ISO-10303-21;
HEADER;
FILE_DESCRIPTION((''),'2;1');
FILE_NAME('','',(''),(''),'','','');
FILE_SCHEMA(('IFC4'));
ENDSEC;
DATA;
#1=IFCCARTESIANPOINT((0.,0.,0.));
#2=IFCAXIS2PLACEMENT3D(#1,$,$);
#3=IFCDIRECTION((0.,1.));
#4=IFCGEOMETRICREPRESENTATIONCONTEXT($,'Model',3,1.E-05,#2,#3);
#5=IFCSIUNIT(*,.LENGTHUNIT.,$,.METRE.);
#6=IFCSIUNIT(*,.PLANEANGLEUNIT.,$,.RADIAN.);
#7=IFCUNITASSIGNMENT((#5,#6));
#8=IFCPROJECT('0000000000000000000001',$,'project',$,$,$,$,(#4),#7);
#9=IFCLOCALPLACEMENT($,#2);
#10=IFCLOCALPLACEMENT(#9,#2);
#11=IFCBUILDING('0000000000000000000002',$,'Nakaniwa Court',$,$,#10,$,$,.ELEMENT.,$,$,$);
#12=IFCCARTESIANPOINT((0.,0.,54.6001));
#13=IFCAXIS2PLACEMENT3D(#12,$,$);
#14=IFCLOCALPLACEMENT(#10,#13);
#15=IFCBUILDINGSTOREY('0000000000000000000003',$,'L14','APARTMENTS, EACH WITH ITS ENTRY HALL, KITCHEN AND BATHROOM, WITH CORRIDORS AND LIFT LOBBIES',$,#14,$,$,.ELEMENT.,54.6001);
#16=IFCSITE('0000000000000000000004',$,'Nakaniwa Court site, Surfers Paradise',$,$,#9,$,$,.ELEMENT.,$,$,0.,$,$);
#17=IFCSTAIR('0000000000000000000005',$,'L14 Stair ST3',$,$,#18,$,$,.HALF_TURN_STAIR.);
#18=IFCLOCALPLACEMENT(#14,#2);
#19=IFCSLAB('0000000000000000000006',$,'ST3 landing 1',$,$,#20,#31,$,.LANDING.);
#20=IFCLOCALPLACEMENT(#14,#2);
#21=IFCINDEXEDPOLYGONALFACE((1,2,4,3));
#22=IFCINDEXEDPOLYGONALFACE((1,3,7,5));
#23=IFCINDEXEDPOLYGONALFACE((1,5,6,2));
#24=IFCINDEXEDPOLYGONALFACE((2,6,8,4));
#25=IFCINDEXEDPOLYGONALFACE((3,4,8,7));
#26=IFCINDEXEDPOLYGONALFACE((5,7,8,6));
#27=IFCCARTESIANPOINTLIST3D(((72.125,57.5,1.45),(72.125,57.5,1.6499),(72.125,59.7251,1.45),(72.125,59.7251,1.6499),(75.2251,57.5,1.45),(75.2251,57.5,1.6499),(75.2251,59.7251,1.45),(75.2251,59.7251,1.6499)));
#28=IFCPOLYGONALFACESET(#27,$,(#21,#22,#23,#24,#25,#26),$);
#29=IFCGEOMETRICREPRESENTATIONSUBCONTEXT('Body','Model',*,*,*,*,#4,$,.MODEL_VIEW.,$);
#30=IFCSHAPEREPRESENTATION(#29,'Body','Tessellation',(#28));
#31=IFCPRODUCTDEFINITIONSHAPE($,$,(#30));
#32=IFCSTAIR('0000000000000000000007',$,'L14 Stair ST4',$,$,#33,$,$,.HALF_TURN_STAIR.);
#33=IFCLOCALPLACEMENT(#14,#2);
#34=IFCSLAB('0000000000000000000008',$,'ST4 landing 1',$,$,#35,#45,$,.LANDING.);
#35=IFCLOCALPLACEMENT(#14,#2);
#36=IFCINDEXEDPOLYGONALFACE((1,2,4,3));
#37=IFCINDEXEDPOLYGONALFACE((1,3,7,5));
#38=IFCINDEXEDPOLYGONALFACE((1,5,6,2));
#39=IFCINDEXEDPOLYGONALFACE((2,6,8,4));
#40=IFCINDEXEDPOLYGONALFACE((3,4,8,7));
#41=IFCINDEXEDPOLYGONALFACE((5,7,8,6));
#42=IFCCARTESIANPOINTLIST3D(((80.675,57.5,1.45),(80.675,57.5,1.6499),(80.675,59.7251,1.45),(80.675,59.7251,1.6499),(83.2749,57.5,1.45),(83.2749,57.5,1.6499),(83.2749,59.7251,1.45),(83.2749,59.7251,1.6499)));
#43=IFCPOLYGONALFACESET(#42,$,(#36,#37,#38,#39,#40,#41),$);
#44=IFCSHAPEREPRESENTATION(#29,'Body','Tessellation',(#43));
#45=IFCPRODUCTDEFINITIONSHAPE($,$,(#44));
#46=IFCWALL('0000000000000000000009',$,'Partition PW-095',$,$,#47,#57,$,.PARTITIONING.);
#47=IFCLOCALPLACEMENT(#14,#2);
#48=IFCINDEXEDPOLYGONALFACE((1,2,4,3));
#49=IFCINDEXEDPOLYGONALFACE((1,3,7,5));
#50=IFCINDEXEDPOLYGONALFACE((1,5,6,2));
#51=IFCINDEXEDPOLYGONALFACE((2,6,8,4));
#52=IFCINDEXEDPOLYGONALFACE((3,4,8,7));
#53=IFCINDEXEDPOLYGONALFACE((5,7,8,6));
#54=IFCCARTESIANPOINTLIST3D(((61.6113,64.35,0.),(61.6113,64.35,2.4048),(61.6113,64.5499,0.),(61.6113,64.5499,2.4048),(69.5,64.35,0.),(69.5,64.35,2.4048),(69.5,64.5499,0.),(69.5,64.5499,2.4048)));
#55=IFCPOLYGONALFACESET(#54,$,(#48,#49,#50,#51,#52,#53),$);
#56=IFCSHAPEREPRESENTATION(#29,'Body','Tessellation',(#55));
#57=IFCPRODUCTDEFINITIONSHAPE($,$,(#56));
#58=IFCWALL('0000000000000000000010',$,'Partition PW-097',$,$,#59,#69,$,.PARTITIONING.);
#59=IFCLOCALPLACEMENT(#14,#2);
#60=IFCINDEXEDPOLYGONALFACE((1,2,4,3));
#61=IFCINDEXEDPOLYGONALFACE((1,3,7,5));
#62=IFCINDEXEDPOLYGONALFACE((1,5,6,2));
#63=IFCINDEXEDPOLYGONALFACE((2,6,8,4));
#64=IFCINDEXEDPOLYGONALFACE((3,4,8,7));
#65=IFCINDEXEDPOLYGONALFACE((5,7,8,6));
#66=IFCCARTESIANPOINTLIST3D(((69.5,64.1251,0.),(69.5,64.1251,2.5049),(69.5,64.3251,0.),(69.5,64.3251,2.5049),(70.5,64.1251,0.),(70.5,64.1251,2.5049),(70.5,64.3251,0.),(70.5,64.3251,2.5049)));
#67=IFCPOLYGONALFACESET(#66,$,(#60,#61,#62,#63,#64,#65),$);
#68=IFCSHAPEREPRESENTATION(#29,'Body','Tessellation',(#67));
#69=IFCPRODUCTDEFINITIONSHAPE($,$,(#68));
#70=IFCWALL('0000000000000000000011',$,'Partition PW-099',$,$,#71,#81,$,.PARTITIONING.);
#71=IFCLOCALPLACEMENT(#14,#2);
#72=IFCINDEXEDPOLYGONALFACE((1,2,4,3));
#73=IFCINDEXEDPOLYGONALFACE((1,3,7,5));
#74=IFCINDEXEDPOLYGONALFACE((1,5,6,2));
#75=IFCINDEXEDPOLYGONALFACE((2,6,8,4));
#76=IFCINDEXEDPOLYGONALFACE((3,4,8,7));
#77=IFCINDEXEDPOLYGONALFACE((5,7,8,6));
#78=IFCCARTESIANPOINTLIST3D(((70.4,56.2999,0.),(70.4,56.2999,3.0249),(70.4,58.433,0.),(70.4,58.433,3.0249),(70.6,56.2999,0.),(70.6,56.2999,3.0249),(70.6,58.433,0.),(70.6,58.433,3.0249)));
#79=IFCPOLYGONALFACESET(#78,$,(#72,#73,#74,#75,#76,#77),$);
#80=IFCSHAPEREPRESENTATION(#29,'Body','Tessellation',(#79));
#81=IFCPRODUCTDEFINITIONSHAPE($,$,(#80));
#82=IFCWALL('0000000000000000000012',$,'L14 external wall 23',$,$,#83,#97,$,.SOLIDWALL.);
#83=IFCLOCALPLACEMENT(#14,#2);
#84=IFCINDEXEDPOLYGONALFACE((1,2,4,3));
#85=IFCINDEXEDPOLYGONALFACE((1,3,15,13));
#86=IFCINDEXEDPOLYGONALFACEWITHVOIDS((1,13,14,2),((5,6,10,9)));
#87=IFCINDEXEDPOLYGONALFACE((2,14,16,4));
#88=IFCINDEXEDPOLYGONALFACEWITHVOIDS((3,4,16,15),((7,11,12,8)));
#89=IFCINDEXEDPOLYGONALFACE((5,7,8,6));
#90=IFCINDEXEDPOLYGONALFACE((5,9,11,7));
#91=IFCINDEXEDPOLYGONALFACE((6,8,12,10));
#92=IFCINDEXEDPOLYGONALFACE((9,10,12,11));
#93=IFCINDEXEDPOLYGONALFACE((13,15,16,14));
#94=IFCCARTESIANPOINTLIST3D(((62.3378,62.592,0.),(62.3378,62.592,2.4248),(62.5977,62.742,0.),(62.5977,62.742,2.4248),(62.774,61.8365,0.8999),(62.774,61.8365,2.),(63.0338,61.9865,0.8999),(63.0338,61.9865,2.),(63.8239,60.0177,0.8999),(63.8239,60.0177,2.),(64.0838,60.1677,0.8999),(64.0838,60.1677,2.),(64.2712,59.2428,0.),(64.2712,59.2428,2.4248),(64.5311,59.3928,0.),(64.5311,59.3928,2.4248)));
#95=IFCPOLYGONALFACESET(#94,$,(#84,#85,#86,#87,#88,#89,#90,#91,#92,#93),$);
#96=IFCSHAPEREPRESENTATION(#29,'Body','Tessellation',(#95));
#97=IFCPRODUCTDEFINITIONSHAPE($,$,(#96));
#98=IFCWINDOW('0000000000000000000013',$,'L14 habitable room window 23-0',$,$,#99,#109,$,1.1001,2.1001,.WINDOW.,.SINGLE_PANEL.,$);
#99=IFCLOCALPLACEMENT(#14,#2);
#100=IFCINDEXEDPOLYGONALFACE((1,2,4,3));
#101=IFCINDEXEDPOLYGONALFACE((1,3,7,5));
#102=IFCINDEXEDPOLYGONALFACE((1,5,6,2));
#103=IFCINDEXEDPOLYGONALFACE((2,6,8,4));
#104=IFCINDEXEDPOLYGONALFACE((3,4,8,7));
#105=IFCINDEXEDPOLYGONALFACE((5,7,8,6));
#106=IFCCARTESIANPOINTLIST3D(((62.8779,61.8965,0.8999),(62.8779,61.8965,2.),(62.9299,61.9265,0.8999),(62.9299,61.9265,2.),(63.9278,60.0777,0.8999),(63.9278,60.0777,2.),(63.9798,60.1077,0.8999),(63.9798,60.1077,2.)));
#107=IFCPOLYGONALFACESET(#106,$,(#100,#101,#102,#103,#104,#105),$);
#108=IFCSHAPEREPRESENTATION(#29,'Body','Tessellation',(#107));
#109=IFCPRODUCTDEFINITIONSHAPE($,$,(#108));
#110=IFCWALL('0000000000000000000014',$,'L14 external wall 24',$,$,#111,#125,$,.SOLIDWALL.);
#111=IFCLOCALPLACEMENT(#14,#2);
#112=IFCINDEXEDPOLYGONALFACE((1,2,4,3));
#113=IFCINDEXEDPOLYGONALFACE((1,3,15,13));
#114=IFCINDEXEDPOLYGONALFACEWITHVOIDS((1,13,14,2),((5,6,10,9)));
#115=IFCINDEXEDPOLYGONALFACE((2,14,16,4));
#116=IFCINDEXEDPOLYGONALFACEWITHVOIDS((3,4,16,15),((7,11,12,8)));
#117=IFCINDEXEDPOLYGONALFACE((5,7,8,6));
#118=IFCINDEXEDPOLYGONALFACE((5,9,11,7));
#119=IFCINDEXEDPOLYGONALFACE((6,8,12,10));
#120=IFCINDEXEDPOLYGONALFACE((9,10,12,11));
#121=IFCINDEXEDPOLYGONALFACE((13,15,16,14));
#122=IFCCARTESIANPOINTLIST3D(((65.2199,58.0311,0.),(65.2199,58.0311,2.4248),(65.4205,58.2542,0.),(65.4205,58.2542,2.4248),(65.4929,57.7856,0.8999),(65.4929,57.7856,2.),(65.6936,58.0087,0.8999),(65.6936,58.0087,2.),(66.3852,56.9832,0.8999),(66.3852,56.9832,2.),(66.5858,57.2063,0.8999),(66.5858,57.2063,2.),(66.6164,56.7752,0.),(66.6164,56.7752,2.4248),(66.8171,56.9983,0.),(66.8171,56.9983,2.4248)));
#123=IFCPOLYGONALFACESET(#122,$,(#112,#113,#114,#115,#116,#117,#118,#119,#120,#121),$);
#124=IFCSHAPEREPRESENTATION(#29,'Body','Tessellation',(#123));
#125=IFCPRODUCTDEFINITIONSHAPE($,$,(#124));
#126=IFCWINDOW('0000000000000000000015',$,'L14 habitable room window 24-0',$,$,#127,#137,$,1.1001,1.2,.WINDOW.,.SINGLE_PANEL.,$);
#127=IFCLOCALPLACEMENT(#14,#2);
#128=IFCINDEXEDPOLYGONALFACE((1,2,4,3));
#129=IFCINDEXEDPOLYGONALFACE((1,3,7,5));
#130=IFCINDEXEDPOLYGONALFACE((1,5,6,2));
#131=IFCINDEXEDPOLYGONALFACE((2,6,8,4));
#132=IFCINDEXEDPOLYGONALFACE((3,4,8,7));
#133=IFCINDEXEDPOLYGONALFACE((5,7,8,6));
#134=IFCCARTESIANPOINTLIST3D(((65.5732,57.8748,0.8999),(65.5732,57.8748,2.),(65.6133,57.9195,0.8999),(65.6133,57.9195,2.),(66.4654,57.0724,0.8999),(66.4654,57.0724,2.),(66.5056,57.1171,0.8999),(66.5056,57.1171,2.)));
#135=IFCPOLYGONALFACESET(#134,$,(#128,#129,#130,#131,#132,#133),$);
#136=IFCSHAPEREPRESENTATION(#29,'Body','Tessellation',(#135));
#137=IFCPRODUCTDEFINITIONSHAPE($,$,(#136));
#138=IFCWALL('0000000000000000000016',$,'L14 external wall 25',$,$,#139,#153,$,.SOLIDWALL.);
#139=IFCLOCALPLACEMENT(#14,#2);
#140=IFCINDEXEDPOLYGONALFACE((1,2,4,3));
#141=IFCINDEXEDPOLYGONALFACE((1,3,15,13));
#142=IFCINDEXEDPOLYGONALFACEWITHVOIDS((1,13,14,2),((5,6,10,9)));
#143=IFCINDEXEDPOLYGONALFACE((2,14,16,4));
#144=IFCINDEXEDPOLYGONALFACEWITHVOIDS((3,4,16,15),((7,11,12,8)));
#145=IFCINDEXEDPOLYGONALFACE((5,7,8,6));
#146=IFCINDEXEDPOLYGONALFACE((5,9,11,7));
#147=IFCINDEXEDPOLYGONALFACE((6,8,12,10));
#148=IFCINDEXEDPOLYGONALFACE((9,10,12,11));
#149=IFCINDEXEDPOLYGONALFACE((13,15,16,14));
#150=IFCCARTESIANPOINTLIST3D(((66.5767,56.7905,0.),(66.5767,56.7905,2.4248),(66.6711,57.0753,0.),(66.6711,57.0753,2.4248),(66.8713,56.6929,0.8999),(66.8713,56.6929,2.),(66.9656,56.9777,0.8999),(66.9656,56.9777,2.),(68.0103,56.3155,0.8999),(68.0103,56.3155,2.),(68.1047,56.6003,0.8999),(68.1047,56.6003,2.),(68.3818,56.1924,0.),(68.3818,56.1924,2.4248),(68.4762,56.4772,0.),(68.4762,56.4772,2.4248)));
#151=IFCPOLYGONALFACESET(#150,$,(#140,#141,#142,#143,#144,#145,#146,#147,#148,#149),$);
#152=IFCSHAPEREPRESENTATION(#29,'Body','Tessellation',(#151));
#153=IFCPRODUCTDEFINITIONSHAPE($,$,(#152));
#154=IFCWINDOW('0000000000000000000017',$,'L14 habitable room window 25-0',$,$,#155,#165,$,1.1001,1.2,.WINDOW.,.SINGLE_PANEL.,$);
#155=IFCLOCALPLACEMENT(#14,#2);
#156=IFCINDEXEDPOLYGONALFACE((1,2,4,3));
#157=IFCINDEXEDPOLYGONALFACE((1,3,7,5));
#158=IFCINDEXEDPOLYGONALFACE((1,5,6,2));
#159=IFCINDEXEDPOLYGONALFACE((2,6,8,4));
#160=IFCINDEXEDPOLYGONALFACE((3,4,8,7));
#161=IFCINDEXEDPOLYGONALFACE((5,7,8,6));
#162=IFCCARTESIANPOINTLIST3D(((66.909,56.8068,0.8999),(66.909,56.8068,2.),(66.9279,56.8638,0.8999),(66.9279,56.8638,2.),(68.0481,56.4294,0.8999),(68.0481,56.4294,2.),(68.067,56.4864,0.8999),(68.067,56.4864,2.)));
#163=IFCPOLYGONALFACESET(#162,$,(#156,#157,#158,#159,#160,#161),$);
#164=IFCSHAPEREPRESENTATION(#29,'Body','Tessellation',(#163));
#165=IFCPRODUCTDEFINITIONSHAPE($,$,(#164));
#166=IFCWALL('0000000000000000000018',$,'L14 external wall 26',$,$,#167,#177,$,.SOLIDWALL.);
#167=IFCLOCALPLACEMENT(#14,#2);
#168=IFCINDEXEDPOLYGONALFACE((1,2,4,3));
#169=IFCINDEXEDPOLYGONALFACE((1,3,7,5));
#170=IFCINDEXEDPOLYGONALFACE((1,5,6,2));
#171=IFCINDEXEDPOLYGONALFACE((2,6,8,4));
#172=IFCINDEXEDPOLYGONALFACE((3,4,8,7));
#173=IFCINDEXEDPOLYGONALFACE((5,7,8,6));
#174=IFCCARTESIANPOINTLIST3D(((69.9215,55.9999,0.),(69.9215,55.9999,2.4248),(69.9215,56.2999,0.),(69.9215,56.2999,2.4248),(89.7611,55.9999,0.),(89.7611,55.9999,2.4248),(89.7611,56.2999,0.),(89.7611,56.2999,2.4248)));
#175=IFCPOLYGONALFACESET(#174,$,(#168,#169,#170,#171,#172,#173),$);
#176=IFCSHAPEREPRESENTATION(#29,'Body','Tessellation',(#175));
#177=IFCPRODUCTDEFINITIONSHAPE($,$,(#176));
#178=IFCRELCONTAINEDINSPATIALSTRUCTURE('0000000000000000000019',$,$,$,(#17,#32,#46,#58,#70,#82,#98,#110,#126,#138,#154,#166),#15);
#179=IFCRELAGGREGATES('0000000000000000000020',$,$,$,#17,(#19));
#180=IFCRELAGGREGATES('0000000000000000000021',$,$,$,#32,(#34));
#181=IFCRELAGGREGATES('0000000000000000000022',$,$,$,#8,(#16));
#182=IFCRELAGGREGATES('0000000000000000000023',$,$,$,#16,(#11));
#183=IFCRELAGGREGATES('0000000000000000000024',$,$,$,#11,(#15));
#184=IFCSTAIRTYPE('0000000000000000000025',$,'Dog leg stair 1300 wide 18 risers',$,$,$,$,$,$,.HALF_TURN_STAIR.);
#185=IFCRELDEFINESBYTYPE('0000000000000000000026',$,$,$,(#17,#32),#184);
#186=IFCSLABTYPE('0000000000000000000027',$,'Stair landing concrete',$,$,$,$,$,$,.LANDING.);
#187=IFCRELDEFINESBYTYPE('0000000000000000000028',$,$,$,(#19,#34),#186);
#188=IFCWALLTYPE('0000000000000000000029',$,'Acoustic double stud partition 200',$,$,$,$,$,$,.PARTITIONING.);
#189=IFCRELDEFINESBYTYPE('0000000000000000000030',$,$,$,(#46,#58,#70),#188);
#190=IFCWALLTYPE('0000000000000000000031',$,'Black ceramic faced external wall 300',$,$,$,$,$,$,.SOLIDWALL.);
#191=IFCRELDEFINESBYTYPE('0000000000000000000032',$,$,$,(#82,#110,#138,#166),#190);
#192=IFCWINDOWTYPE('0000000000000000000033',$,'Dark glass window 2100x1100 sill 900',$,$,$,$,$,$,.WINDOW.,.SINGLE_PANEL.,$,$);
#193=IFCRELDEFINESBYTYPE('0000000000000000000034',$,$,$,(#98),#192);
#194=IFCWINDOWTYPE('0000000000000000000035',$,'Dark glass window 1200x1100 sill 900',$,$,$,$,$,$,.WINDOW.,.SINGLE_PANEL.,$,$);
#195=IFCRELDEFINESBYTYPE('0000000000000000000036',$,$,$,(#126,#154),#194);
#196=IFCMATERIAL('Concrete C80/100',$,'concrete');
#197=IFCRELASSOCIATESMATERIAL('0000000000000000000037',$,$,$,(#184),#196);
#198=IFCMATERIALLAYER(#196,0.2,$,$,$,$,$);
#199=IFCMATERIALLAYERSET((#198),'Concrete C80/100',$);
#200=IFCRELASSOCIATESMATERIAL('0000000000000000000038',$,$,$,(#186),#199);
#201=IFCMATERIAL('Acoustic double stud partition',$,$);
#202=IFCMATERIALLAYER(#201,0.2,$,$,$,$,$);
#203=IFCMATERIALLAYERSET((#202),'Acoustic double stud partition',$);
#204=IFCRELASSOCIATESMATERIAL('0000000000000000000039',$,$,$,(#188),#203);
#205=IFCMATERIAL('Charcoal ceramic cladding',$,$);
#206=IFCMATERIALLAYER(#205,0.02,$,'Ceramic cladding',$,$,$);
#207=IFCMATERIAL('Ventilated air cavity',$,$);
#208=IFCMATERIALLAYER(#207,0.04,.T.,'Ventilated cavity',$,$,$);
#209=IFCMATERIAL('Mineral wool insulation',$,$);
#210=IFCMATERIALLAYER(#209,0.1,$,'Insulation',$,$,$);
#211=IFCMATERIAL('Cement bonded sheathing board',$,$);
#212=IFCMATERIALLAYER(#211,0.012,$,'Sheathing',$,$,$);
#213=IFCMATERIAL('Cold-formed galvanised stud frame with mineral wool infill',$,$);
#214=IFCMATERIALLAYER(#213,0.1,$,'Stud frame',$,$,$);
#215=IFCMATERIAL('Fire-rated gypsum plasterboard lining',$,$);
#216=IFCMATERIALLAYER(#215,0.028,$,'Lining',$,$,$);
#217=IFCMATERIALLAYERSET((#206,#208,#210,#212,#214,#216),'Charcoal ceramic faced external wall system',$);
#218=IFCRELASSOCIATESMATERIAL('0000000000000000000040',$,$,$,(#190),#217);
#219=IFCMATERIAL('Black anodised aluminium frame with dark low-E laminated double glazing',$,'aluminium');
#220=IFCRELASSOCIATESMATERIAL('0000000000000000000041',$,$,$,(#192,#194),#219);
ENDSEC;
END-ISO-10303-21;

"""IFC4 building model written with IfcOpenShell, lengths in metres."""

from ifc_helpers import new_model, si_unit, direction, frame, frame_2d, origin, place, context, subcontext, project, spatial, polyline, rectangle, outline, extrude, material, layer, layer_set, type_object, element, fill, aggregate, save


model = new_model("IFC4")

# Units and contexts
model_context = context("Model", 3, precision=1e-05, world=origin(), true_north=direction((0.0, 1.0)))
body_context = subcontext(model_context, "Body", "Model", "MODEL_VIEW")
ifc_project = project(units=[si_unit("LENGTHUNIT", "METRE"), si_unit("PLANEANGLEUNIT", "RADIAN")], contexts=[model_context])

# Site, building, storey
site_placement = place(None, origin())
site = spatial("IfcSite", under=ifc_project, at=site_placement, Name="Nakaniwa Court site, Surfers Paradise", CompositionType="ELEMENT", RefElevation=0.0)
building_placement = place(site_placement, origin())
building = spatial("IfcBuilding", under=site, at=building_placement, Name="Nakaniwa Court", CompositionType="ELEMENT")
storey_placement = place(building_placement, frame((0.0, 0.0, 54.6001)))
storey = spatial("IfcBuildingStorey", under=building, at=storey_placement, Name="L14", Description="APARTMENTS, EACH WITH ITS ENTRY HALL, KITCHEN AND BATHROOM, WITH CORRIDORS AND LIFT LOBBIES", CompositionType="ELEMENT", Elevation=54.6001)

# Stairs, slabs
ifc_material_1 = material(Name="Concrete C80/100", Category="concrete")
stair_type = type_object("IfcStairType", Name="Dog leg stair 1300 wide 18 risers", PredefinedType="HALF_TURN_STAIR", material=ifc_material_1)
ifc_layer_1 = layer(ifc_material_1, 0.2)
ifc_layer_set_1 = layer_set([ifc_layer_1], Name="Concrete C80/100")
slab_type_1 = type_object("IfcSlabType", Name="Stair landing concrete", PredefinedType="LANDING", material=ifc_layer_set_1)
stair_1_placement = place(storey_placement, origin())
stair_1 = element("IfcStair", 1, at=stair_1_placement, inside=storey, type_object=stair_type, Name="L14 Stair ST3", PredefinedType="HALF_TURN_STAIR")
slab_1_placement = place(storey_placement, frame((0.0, 0.0, 1.45)))
slab_1 = element("IfcSlab", 2, at=slab_1_placement, type_object=slab_type_1, Name="ST3 landing 1", PredefinedType="LANDING", context=body_context, shape_type="SweptSolid", body=[
    extrude(outline(polyline([(75.2251, 57.5), (75.2251, 59.7251), (72.125, 59.7251), (72.125, 57.5), (75.2251, 57.5)])), origin(), (0.0, 0.0, 1.0), 0.2),
])
aggregate(stair_1, [slab_1])
stair_2_placement = place(storey_placement, origin())
stair_2 = element("IfcStair", 3, at=stair_2_placement, inside=storey, type_object=stair_type, Name="L14 Stair ST4", PredefinedType="HALF_TURN_STAIR")
slab_2_placement = place(storey_placement, frame((0.0, 0.0, 1.45)))
slab_2 = element("IfcSlab", 4, at=slab_2_placement, type_object=slab_type_1, Name="ST4 landing 1", PredefinedType="LANDING", context=body_context, shape_type="SweptSolid", body=[
    extrude(outline(polyline([(83.2749, 57.5), (83.2749, 59.7251), (80.675, 59.7251), (80.675, 57.5), (83.2749, 57.5)])), origin(), (0.0, 0.0, 1.0), 0.2),
])
aggregate(stair_2, [slab_2])

# Walls
ifc_material_2 = material(Name="Acoustic double stud partition")
ifc_layer_2 = layer(ifc_material_2, 0.2)
ifc_layer_set_2 = layer_set([ifc_layer_2], Name="Acoustic double stud partition")
wall_type_1 = type_object("IfcWallType", Name="Acoustic double stud partition 200", PredefinedType="PARTITIONING", material=ifc_layer_set_2)
wall_1_placement = place(storey_placement, frame((61.6113, 64.45, 0.0), z_axis=(0.0, 0.0, 1.0), x_axis=(1.0, 0.0, 0.0)))
element("IfcWall", 5, at=wall_1_placement, inside=storey, type_object=wall_type_1, Name="Partition PW-095", PredefinedType="PARTITIONING", context=body_context, shape_type="SweptSolid", body=[
    extrude(rectangle(XDim=7.8887, YDim=0.2, at=frame_2d((3.9443, 0.0))), origin(), (0.0, 0.0, 1.0), 2.4048),
])
wall_2_placement = place(storey_placement, frame((69.5, 64.2251, 0.0), z_axis=(0.0, 0.0, 1.0), x_axis=(1.0, 0.0, 0.0)))
element("IfcWall", 6, at=wall_2_placement, inside=storey, type_object=wall_type_1, Name="Partition PW-097", PredefinedType="PARTITIONING", context=body_context, shape_type="SweptSolid", body=[
    extrude(rectangle(XDim=1.0, YDim=0.2, at=frame_2d((0.5, 0.0))), origin(), (0.0, 0.0, 1.0), 2.5049),
])
wall_3_placement = place(storey_placement, frame((70.5, 56.3, 0.0), z_axis=(0.0, 0.0, 1.0), x_axis=(0.0, 1.0, 0.0)))
element("IfcWall", 7, at=wall_3_placement, inside=storey, type_object=wall_type_1, Name="Partition PW-099", PredefinedType="PARTITIONING", context=body_context, shape_type="SweptSolid", body=[
    extrude(rectangle(XDim=2.1331, YDim=0.2, at=frame_2d((1.0664, 0.0))), origin(), (0.0, 0.0, 1.0), 3.0249),
])

# Walls, openings, windows
ifc_material_3 = material(Name="Charcoal ceramic cladding")
ifc_layer_3 = layer(ifc_material_3, 0.02, Name="Ceramic cladding")
ifc_material_4 = material(Name="Ventilated air cavity")
ifc_layer_4 = layer(ifc_material_4, 0.04, ventilated=True, Name="Ventilated cavity")
ifc_material_5 = material(Name="Mineral wool insulation")
ifc_layer_5 = layer(ifc_material_5, 0.1, Name="Insulation")
ifc_material_6 = material(Name="Cement bonded sheathing board")
ifc_layer_6 = layer(ifc_material_6, 0.012, Name="Sheathing")
ifc_material_7 = material(Name="Cold-formed galvanised stud frame with mineral wool infill")
ifc_layer_7 = layer(ifc_material_7, 0.1, Name="Stud frame")
ifc_material_8 = material(Name="Fire-rated gypsum plasterboard lining")
ifc_layer_8 = layer(ifc_material_8, 0.028, Name="Lining")
ifc_layer_set_3 = layer_set([ifc_layer_3, ifc_layer_4, ifc_layer_5, ifc_layer_6, ifc_layer_7, ifc_layer_8], Name="Charcoal ceramic faced external wall system")
wall_type_2 = type_object("IfcWallType", Name="Black ceramic faced external wall 300", PredefinedType="SOLIDWALL", material=ifc_layer_set_3)
wall_4_placement = place(storey_placement, frame((62.4678, 62.667, 0.0), z_axis=(0.0, 0.0, 1.0), x_axis=(0.499948, -0.866055, 0.0)))
wall_4 = element("IfcWall", 8, at=wall_4_placement, inside=storey, type_object=wall_type_2, Name="L14 external wall 23", PredefinedType="SOLIDWALL", context=body_context, shape_type="SweptSolid", body=[
    extrude(rectangle(XDim=3.8672, YDim=0.3, at=frame_2d((1.9336, 0.0))), origin(), (0.0, 0.0, 1.0), 2.4248),
])
opening_1_placement = place(wall_4_placement, frame((0.8723, 0.0, 0.8999)))
opening_1 = element("IfcOpeningElement", 9, at=opening_1_placement, cuts=wall_4, PredefinedType="OPENING", context=body_context, shape_type="SweptSolid", body=[
    extrude(rectangle(XDim=2.1001, YDim=1.1001, at=frame_2d((1.05, 0.55))), frame((0.0, 0.1599, 0.0), z_axis=(0.0, -1.0, 0.0), x_axis=(1.0, 0.0, 0.0)), (0.0, 0.0, 1.0), 0.3201),
])
ifc_material_9 = material(Name="Black anodised aluminium frame with dark low-E laminated double glazing", Category="aluminium")
window_type_1 = type_object("IfcWindowType", Name="Dark glass window 2100x1100 sill 900", PartitioningType="SINGLE_PANEL", PredefinedType="WINDOW", material=ifc_material_9)
window_1_placement = place(opening_1_placement, origin())
window_1 = element("IfcWindow", 10, at=window_1_placement, inside=storey, type_object=window_type_1, Name="L14 habitable room window 23-0", OverallHeight=1.1001, OverallWidth=2.1001, PartitioningType="SINGLE_PANEL", PredefinedType="WINDOW", context=body_context, shape_type="SweptSolid", body=[
    extrude(rectangle(XDim=2.1001, YDim=1.1001, at=frame_2d((1.05, 0.55))), frame((0.0, 0.03, 0.0), z_axis=(0.0, -1.0, 0.0), x_axis=(1.0, 0.0, 0.0)), (0.0, 0.0, 1.0), 0.0601),
])
fill(opening_1, window_1)
wall_5_placement = place(storey_placement, frame((65.3203, 58.1426, 0.0), z_axis=(0.0, 0.0, 1.0), x_axis=(0.743553, -0.668677, 0.0)))
wall_5 = element("IfcWall", 11, at=wall_5_placement, inside=storey, type_object=wall_type_2, Name="L14 external wall 24", PredefinedType="SOLIDWALL", context=body_context, shape_type="SweptSolid", body=[
    extrude(rectangle(XDim=1.8782, YDim=0.3, at=frame_2d((0.939, 0.0))), origin(), (0.0, 0.0, 1.0), 2.4248),
])
opening_2_placement = place(wall_5_placement, frame((0.3669, 0.0, 0.8999)))
opening_2 = element("IfcOpeningElement", 12, at=opening_2_placement, cuts=wall_5, PredefinedType="OPENING", context=body_context, shape_type="SweptSolid", body=[
    extrude(rectangle(XDim=1.2, YDim=1.1001, at=frame_2d((0.6001, 0.55))), frame((0.0, 0.1599, 0.0), z_axis=(0.0, -1.0, 0.0), x_axis=(1.0, 0.0, 0.0)), (0.0, 0.0, 1.0), 0.3201),
])
window_type_2 = type_object("IfcWindowType", Name="Dark glass window 1200x1100 sill 900", PartitioningType="SINGLE_PANEL", PredefinedType="WINDOW", material=ifc_material_9)
window_2_placement = place(opening_2_placement, origin())
window_2 = element("IfcWindow", 13, at=window_2_placement, inside=storey, type_object=window_type_2, Name="L14 habitable room window 24-0", OverallHeight=1.1001, OverallWidth=1.2, PartitioningType="SINGLE_PANEL", PredefinedType="WINDOW", context=body_context, shape_type="SweptSolid", body=[
    extrude(rectangle(XDim=1.2, YDim=1.1001, at=frame_2d((0.6001, 0.55))), frame((0.0, 0.03, 0.0), z_axis=(0.0, -1.0, 0.0), x_axis=(1.0, 0.0, 0.0)), (0.0, 0.0, 1.0), 0.0601),
])
fill(opening_2, window_2)
wall_6_placement = place(storey_placement, frame((66.624, 56.9329, 0.0), z_axis=(0.0, 0.0, 1.0), x_axis=(0.949247, -0.314533, 0.0)))
wall_6 = element("IfcWall", 14, at=wall_6_placement, inside=storey, type_object=wall_type_2, Name="L14 external wall 25", PredefinedType="SOLIDWALL", context=body_context, shape_type="SweptSolid", body=[
    extrude(rectangle(XDim=1.9016, YDim=0.3, at=frame_2d((0.9507, 0.0))), origin(), (0.0, 0.0, 1.0), 2.4248),
])
opening_3_placement = place(wall_6_placement, frame((0.3101, 0.0, 0.8999)))
opening_3 = element("IfcOpeningElement", 15, at=opening_3_placement, cuts=wall_6, PredefinedType="OPENING", context=body_context, shape_type="SweptSolid", body=[
    extrude(rectangle(XDim=1.2, YDim=1.1001, at=frame_2d((0.6001, 0.55))), frame((0.0, 0.1599, 0.0), z_axis=(0.0, -1.0, 0.0), x_axis=(1.0, 0.0, 0.0)), (0.0, 0.0, 1.0), 0.3201),
])
window_3_placement = place(opening_3_placement, origin())
window_3 = element("IfcWindow", 16, at=window_3_placement, inside=storey, type_object=window_type_2, Name="L14 habitable room window 25-0", OverallHeight=1.1001, OverallWidth=1.2, PartitioningType="SINGLE_PANEL", PredefinedType="WINDOW", context=body_context, shape_type="SweptSolid", body=[
    extrude(rectangle(XDim=1.2, YDim=1.1001, at=frame_2d((0.6001, 0.55))), frame((0.0, 0.03, 0.0), z_axis=(0.0, -1.0, 0.0), x_axis=(1.0, 0.0, 0.0)), (0.0, 0.0, 1.0), 0.0601),
])
fill(opening_3, window_3)

# Wall
wall_7_placement = place(storey_placement, frame((69.9214, 56.1499, 0.0), z_axis=(0.0, 0.0, 1.0), x_axis=(1.0, 0.0, 0.0)))
element("IfcWall", 17, at=wall_7_placement, inside=storey, type_object=wall_type_2, Name="L14 external wall 26", PredefinedType="SOLIDWALL", context=body_context, shape_type="SweptSolid", body=[
    extrude(rectangle(XDim=19.8396, YDim=0.3, at=frame_2d((9.9199, 0.0))), origin(), (0.0, 0.0, 1.0), 2.4248),
])

save(model, "model.ifc")
